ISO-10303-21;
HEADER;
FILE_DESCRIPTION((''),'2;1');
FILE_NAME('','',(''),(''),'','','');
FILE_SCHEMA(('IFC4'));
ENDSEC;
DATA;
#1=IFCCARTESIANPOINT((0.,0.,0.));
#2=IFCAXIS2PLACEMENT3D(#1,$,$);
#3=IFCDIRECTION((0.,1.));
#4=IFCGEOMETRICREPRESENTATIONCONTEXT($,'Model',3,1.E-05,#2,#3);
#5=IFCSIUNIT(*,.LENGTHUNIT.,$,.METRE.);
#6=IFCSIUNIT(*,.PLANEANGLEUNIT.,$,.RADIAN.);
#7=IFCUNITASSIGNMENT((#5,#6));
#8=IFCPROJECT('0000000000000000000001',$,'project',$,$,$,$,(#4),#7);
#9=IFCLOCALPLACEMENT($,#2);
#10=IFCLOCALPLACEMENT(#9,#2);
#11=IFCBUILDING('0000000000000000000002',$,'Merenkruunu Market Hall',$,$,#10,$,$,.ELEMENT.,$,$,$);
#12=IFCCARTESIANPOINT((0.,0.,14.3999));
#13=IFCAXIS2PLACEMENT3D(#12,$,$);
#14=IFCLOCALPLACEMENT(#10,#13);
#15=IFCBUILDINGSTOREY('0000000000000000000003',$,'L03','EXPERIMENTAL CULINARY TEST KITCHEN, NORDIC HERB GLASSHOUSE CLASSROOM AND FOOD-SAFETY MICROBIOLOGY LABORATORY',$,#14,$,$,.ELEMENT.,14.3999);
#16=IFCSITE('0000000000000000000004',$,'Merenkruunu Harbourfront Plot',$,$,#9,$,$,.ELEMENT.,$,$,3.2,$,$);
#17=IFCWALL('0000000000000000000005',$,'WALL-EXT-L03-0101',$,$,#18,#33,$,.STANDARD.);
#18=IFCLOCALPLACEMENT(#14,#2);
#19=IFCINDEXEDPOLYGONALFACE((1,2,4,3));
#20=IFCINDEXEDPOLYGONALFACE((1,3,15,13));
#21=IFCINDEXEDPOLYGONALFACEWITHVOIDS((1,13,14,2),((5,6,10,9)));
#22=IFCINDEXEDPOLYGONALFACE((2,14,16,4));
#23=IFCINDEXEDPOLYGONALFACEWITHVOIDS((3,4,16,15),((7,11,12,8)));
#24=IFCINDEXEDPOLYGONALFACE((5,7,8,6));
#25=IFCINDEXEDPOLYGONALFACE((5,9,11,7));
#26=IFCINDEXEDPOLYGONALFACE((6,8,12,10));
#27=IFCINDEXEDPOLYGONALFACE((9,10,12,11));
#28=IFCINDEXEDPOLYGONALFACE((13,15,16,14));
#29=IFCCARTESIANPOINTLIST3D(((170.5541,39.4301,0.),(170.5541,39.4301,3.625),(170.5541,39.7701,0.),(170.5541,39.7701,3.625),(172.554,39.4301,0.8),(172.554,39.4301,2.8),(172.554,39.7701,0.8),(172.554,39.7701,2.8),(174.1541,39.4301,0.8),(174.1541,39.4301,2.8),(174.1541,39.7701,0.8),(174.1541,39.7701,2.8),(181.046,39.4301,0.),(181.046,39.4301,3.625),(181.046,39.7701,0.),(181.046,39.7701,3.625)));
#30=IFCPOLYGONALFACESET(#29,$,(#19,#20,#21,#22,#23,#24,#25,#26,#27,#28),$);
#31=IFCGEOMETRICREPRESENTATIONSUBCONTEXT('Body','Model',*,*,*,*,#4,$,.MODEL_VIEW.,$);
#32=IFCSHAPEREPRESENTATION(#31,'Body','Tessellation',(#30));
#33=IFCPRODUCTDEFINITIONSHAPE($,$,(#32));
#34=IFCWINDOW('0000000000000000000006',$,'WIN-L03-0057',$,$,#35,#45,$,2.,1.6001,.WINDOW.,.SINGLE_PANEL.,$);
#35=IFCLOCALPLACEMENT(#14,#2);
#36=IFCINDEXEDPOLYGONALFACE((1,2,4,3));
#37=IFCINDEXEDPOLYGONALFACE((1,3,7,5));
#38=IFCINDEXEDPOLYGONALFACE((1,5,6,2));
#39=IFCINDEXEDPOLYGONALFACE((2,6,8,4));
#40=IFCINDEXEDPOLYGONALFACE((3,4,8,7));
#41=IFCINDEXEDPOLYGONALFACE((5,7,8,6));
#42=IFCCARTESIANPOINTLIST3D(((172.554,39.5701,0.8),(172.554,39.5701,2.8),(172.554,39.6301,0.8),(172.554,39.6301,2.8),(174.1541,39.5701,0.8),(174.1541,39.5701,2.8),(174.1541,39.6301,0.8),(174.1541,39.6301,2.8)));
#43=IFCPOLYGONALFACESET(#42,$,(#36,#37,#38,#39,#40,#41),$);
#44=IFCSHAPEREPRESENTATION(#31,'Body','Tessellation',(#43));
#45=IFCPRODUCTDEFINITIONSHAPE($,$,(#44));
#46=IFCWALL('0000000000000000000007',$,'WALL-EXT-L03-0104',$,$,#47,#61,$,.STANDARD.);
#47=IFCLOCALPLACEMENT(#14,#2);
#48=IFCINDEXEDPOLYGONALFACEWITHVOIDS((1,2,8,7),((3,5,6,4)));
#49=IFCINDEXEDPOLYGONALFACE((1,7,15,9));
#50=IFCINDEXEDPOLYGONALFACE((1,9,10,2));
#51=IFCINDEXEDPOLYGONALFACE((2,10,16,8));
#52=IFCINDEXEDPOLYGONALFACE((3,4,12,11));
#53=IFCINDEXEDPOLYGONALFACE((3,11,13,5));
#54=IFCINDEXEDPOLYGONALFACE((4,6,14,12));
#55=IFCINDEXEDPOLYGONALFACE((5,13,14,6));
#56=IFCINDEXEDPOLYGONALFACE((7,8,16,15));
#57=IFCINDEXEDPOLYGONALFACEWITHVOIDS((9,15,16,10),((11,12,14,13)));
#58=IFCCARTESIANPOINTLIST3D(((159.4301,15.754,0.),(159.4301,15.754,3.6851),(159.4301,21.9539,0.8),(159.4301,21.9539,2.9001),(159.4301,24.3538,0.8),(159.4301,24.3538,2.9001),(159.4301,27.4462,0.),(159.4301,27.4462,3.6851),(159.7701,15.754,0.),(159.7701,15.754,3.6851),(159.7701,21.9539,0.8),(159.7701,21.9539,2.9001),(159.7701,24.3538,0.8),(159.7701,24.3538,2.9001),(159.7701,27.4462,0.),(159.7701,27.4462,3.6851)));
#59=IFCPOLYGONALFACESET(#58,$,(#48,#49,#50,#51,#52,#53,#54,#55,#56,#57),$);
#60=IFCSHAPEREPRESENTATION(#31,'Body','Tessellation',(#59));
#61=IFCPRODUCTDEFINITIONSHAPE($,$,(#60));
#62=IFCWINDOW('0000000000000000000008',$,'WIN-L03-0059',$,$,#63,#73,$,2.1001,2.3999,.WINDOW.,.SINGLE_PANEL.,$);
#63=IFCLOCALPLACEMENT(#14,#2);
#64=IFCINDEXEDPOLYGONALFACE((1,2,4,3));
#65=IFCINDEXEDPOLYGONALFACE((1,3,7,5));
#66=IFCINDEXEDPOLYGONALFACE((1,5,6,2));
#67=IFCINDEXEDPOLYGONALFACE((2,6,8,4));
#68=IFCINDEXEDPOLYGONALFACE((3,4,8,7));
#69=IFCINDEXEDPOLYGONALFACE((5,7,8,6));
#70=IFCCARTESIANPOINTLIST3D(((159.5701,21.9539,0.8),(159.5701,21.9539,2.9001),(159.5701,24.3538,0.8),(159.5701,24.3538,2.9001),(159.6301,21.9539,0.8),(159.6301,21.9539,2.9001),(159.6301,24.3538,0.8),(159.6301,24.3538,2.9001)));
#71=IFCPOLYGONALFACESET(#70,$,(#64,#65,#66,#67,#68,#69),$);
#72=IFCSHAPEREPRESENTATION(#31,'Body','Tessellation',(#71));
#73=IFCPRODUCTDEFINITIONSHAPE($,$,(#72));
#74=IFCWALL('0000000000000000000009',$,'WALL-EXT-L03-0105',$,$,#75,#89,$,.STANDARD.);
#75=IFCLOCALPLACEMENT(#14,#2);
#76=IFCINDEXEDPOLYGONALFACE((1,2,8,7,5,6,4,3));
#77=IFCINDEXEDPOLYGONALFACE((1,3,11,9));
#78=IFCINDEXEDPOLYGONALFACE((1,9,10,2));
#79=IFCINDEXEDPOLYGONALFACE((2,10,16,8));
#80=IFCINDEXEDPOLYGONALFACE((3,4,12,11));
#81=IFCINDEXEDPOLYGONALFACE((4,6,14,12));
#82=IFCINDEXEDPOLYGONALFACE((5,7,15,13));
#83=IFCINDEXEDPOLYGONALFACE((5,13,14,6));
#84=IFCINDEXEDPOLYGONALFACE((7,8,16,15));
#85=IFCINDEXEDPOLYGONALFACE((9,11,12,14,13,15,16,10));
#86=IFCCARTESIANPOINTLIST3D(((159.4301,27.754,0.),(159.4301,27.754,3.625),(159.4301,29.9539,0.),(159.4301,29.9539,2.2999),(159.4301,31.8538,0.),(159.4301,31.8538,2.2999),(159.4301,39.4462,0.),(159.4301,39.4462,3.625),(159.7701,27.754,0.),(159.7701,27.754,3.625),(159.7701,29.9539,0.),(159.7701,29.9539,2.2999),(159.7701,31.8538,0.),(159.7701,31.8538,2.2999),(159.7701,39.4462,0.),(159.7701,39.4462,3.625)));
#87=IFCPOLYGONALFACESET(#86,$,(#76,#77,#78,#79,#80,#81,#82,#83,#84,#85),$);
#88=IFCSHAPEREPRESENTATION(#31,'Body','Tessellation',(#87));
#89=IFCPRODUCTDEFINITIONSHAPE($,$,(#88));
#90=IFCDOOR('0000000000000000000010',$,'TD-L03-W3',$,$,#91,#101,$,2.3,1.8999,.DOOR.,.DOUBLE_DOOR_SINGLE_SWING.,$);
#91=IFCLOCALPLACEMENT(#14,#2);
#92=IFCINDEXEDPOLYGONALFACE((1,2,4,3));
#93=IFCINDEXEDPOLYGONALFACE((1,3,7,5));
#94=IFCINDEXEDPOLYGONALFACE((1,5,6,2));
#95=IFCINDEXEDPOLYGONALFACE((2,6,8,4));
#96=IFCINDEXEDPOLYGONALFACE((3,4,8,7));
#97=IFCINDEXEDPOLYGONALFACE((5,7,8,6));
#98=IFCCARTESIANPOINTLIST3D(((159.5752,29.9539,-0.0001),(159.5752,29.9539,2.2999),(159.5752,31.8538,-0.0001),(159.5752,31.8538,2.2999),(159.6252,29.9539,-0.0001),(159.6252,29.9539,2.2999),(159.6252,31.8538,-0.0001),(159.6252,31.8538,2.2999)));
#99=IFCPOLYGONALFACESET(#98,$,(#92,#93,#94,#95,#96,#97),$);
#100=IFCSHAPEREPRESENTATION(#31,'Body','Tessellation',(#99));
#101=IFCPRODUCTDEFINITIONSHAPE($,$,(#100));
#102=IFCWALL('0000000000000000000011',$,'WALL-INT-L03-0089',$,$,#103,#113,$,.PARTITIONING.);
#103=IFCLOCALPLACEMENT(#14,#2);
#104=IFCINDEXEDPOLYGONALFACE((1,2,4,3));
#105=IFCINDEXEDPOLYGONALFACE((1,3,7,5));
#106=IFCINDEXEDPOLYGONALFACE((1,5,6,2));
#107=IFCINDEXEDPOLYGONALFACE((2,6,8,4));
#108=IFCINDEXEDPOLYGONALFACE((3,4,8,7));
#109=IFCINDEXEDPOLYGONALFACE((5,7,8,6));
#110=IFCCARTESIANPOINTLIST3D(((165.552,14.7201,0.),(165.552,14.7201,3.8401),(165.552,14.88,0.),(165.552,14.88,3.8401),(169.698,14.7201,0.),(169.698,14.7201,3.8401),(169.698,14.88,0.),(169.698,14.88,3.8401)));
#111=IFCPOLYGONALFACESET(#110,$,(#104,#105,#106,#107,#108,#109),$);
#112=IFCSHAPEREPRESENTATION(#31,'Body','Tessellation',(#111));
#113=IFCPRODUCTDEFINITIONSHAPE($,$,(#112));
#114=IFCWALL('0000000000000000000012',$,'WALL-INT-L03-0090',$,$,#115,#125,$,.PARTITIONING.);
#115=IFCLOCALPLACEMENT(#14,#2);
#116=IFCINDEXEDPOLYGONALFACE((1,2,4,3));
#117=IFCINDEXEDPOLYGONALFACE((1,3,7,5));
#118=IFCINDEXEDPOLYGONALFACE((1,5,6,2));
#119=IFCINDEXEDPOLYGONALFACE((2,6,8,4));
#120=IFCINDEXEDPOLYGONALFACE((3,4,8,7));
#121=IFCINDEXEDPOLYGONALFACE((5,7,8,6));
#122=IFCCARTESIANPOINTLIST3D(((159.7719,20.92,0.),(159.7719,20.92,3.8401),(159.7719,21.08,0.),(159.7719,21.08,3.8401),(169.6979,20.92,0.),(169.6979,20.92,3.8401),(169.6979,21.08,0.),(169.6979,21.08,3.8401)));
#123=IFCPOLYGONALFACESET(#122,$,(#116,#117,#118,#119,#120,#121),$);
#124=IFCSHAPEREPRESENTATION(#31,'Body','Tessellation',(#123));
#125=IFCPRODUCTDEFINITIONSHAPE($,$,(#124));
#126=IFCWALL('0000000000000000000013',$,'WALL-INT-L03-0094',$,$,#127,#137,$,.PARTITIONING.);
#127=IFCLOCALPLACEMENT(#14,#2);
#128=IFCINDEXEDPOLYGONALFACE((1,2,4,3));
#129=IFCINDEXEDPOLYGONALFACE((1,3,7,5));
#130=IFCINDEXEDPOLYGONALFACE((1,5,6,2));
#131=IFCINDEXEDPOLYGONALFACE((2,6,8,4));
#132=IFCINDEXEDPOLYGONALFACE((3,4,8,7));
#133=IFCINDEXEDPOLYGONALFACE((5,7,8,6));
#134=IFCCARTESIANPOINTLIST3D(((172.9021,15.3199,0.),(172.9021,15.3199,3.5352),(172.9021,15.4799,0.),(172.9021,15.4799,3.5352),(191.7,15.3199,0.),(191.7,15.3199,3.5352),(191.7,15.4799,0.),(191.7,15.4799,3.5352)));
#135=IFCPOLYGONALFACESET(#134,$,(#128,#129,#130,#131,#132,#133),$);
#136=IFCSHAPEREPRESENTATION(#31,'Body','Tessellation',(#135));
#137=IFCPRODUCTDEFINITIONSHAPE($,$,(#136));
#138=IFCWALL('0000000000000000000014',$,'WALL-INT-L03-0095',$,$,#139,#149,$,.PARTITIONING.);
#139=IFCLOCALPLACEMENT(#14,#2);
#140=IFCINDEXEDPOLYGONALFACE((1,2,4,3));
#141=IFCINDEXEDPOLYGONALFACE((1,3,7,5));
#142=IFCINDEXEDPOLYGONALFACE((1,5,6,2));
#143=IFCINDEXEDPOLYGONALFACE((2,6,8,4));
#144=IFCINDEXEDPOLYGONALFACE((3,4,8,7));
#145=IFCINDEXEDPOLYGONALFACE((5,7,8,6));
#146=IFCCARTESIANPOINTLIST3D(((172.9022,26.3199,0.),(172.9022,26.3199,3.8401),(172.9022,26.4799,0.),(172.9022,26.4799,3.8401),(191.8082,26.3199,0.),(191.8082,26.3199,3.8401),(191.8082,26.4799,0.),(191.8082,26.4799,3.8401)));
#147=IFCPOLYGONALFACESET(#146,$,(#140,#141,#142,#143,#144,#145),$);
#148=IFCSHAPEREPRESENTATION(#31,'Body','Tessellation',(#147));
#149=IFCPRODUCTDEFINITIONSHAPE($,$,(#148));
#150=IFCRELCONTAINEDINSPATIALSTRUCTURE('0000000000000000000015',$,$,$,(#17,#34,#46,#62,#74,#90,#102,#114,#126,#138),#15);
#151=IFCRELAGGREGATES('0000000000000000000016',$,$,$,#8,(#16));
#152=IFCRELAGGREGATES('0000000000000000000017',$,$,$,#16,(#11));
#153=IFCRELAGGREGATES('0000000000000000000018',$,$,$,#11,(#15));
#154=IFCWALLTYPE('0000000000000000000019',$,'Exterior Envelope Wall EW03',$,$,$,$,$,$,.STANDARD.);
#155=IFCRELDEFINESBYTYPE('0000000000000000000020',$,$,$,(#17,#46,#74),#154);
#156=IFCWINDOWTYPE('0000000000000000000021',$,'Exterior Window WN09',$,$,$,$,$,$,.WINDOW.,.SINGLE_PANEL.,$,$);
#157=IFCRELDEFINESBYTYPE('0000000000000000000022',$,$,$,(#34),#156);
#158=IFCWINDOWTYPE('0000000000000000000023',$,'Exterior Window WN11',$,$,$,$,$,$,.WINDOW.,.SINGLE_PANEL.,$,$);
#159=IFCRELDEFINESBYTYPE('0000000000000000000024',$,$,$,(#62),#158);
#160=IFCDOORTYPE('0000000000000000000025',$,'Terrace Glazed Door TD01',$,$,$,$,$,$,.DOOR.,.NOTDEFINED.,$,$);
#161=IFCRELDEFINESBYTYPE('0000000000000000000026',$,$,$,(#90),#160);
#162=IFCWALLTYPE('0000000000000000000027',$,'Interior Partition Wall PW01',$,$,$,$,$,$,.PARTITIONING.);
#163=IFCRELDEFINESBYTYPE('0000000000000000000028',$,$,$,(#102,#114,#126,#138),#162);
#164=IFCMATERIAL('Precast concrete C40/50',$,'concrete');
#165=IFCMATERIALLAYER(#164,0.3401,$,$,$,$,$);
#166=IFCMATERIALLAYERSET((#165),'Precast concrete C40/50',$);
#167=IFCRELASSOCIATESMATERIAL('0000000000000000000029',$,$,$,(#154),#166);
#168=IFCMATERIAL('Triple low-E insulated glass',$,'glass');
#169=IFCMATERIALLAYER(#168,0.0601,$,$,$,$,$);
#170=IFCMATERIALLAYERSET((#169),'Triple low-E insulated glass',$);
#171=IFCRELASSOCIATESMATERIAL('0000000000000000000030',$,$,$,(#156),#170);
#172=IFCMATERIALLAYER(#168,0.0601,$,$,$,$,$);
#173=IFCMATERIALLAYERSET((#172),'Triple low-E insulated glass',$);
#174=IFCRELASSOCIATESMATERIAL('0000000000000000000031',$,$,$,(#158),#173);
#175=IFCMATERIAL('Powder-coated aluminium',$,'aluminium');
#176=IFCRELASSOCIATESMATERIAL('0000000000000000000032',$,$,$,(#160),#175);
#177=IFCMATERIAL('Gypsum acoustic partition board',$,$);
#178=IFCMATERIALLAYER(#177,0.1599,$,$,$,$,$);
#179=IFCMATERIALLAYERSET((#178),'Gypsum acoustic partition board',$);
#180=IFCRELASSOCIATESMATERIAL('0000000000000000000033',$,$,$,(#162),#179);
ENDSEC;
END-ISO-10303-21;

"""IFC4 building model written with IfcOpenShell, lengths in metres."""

from ifc_helpers import new_model, si_unit, direction, frame, frame_2d, origin, place, context, subcontext, project, spatial, rectangle, extrude, material, layer, layer_set, type_object, element, fill, save


model = new_model("IFC4")

# Units and contexts
model_context = context("Model", 3, precision=1e-05, world=origin(), true_north=direction((0.0, 1.0)))
body_context = subcontext(model_context, "Body", "Model", "MODEL_VIEW")
ifc_project = project(units=[si_unit("LENGTHUNIT", "METRE"), si_unit("PLANEANGLEUNIT", "RADIAN")], contexts=[model_context])

# Site, building, storey
site_placement = place(None, origin())
site = spatial("IfcSite", under=ifc_project, at=site_placement, Name="Merenkruunu Harbourfront Plot", CompositionType="ELEMENT", RefElevation=3.2)
building_placement = place(site_placement, origin())
building = spatial("IfcBuilding", under=site, at=building_placement, Name="Merenkruunu Market Hall", CompositionType="ELEMENT")
storey_placement = place(building_placement, frame((0.0, 0.0, 14.3999)))
storey = spatial("IfcBuildingStorey", under=building, at=storey_placement, Name="L03", Description="EXPERIMENTAL CULINARY TEST KITCHEN, NORDIC HERB GLASSHOUSE CLASSROOM AND FOOD-SAFETY MICROBIOLOGY LABORATORY", CompositionType="ELEMENT", Elevation=14.3999)

# Walls, openings, windows
ifc_material_1 = material(Name="Precast concrete C40/50", Category="concrete")
ifc_layer_1 = layer(ifc_material_1, 0.3401)
ifc_layer_set_1 = layer_set([ifc_layer_1], Name="Precast concrete C40/50")
wall_type_1 = type_object("IfcWallType", Name="Exterior Envelope Wall EW03", PredefinedType="STANDARD", material=ifc_layer_set_1)
ifc_material_2 = material(Name="Triple low-E insulated glass", Category="glass")
wall_1_placement = place(storey_placement, frame((170.554, 39.6001, 0.0), z_axis=(0.0, 0.0, 1.0), x_axis=(1.0, 0.0, 0.0)))
wall_1 = element("IfcWall", 1, at=wall_1_placement, inside=storey, type_object=wall_type_1, Name="WALL-EXT-L03-0101", PredefinedType="STANDARD", context=body_context, shape_type="SweptSolid", body=[
    extrude(rectangle(XDim=10.4919, YDim=0.3401, at=frame_2d((5.2461, 0.0))), origin(), (0.0, 0.0, 1.0), 3.625),
])
opening_1_placement = place(wall_1_placement, frame((2.0, 0.0, 0.8)))
opening_1 = element("IfcOpeningElement", 2, at=opening_1_placement, cuts=wall_1, PredefinedType="OPENING", context=body_context, shape_type="SweptSolid", body=[
    extrude(rectangle(XDim=1.6001, YDim=2.0, at=frame_2d((0.8, 1.0))), frame((0.0, 0.1802, 0.0), z_axis=(0.0, -1.0, 0.0), x_axis=(1.0, 0.0, 0.0)), (0.0, 0.0, 1.0), 0.3601),
])
ifc_layer_2 = layer(ifc_material_2, 0.0601)
ifc_layer_set_2 = layer_set([ifc_layer_2], Name="Triple low-E insulated glass")
window_type_1 = type_object("IfcWindowType", Name="Exterior Window WN09", PartitioningType="SINGLE_PANEL", PredefinedType="WINDOW", material=ifc_layer_set_2)
window_1_placement = place(opening_1_placement, origin())
window_1 = element("IfcWindow", 3, at=window_1_placement, inside=storey, type_object=window_type_1, Name="WIN-L03-0057", OverallHeight=2.0, OverallWidth=1.6001, PartitioningType="SINGLE_PANEL", PredefinedType="WINDOW", context=body_context, shape_type="SweptSolid", body=[
    extrude(rectangle(XDim=1.6001, YDim=2.0, at=frame_2d((0.8, 1.0))), frame((0.0, 0.03, 0.0), z_axis=(0.0, -1.0, 0.0), x_axis=(1.0, 0.0, 0.0)), (0.0, 0.0, 1.0), 0.0601),
])
fill(opening_1, window_1)
wall_2_placement = place(storey_placement, frame((159.6001, 15.7539, 0.0), z_axis=(0.0, 0.0, 1.0), x_axis=(0.0, 1.0, 0.0)))
wall_2 = element("IfcWall", 4, at=wall_2_placement, inside=storey, type_object=wall_type_1, Name="WALL-EXT-L03-0104", PredefinedType="STANDARD", context=body_context, shape_type="SweptSolid", body=[
    extrude(rectangle(XDim=11.6921, YDim=0.3401, at=frame_2d((5.8462, 0.0))), origin(), (0.0, 0.0, 1.0), 3.6851),
])
opening_2_placement = place(wall_2_placement, frame((6.2, 0.0, 0.8)))
opening_2 = element("IfcOpeningElement", 5, at=opening_2_placement, cuts=wall_2, PredefinedType="OPENING", context=body_context, shape_type="SweptSolid", body=[
    extrude(rectangle(XDim=2.3999, YDim=2.1001, at=frame_2d((1.2, 1.05))), frame((0.0, 0.1802, 0.0), z_axis=(0.0, -1.0, 0.0), x_axis=(1.0, 0.0, 0.0)), (0.0, 0.0, 1.0), 0.3601),
])
ifc_layer_3 = layer(ifc_material_2, 0.0601)
ifc_layer_set_3 = layer_set([ifc_layer_3], Name="Triple low-E insulated glass")
window_type_2 = type_object("IfcWindowType", Name="Exterior Window WN11", PartitioningType="SINGLE_PANEL", PredefinedType="WINDOW", material=ifc_layer_set_3)
window_2_placement = place(opening_2_placement, origin())
window_2 = element("IfcWindow", 6, at=window_2_placement, inside=storey, type_object=window_type_2, Name="WIN-L03-0059", OverallHeight=2.1001, OverallWidth=2.3999, PartitioningType="SINGLE_PANEL", PredefinedType="WINDOW", context=body_context, shape_type="SweptSolid", body=[
    extrude(rectangle(XDim=2.3999, YDim=2.1001, at=frame_2d((1.2, 1.05))), frame((0.0, 0.03, 0.0), z_axis=(0.0, -1.0, 0.0), x_axis=(1.0, 0.0, 0.0)), (0.0, 0.0, 1.0), 0.0601),
])
fill(opening_2, window_2)

# Wall, opening, door
wall_3_placement = place(storey_placement, frame((159.6001, 27.7539, 0.0), z_axis=(0.0, 0.0, 1.0), x_axis=(0.0, 1.0, 0.0)))
wall_3 = element("IfcWall", 7, at=wall_3_placement, inside=storey, type_object=wall_type_1, Name="WALL-EXT-L03-0105", PredefinedType="STANDARD", context=body_context, shape_type="SweptSolid", body=[
    extrude(rectangle(XDim=11.6921, YDim=0.3401, at=frame_2d((5.8462, 0.0))), origin(), (0.0, 0.0, 1.0), 3.625),
])
opening_3_placement = place(wall_3_placement, frame((2.2, 0.0, 0.0)))
opening_3 = element("IfcOpeningElement", 8, at=opening_3_placement, cuts=wall_3, PredefinedType="OPENING", context=body_context, shape_type="SweptSolid", body=[
    extrude(rectangle(XDim=1.8999, YDim=2.3, at=frame_2d((0.95, 1.1499))), frame((0.0, 0.1802, 0.0), z_axis=(0.0, -1.0, 0.0), x_axis=(1.0, 0.0, 0.0)), (0.0, 0.0, 1.0), 0.3601),
])
ifc_material_3 = material(Name="Powder-coated aluminium", Category="aluminium")
door_type_1 = type_object("IfcDoorType", Name="Terrace Glazed Door TD01", OperationType="NOTDEFINED", PredefinedType="DOOR", material=ifc_material_3)
door_1_placement = place(opening_3_placement, origin())
door_1 = element("IfcDoor", 9, at=door_1_placement, inside=storey, type_object=door_type_1, Name="TD-L03-W3", OperationType="DOUBLE_DOOR_SINGLE_SWING", OverallHeight=2.3, OverallWidth=1.8999, PredefinedType="DOOR", context=body_context, shape_type="SweptSolid", body=[
    extrude(rectangle(XDim=1.8999, YDim=2.3, at=frame_2d((0.95, 1.1499))), frame((0.0, 0.0249, 0.0), z_axis=(0.0, -1.0, 0.0), x_axis=(1.0, 0.0, 0.0)), (0.0, 0.0, 1.0), 0.05),
])
fill(opening_3, door_1)

# Walls
ifc_material_4 = material(Name="Gypsum acoustic partition board")
ifc_layer_4 = layer(ifc_material_4, 0.1599)
ifc_layer_set_4 = layer_set([ifc_layer_4], Name="Gypsum acoustic partition board")
wall_type_2 = type_object("IfcWallType", Name="Interior Partition Wall PW01", PredefinedType="PARTITIONING", material=ifc_layer_set_4)
wall_4_placement = place(storey_placement, frame((165.552, 14.8, 0.0), z_axis=(0.0, 0.0, 1.0), x_axis=(1.0, 0.0, 0.0)))
element("IfcWall", 10, at=wall_4_placement, inside=storey, type_object=wall_type_2, Name="WALL-INT-L03-0089", PredefinedType="PARTITIONING", context=body_context, shape_type="SweptSolid", body=[
    extrude(rectangle(XDim=4.146, YDim=0.1599, at=frame_2d((2.073, 0.0))), origin(), (0.0, 0.0, 1.0), 3.8401),
])
wall_5_placement = place(storey_placement, frame((159.772, 21.0, 0.0), z_axis=(0.0, 0.0, 1.0), x_axis=(1.0, 0.0, 0.0)))
element("IfcWall", 11, at=wall_5_placement, inside=storey, type_object=wall_type_2, Name="WALL-INT-L03-0090", PredefinedType="PARTITIONING", context=body_context, shape_type="SweptSolid", body=[
    extrude(rectangle(XDim=9.926, YDim=0.1599, at=frame_2d((4.9629, 0.0))), origin(), (0.0, 0.0, 1.0), 3.8401),
])
wall_6_placement = place(storey_placement, frame((172.9021, 15.3999, 0.0), z_axis=(0.0, 0.0, 1.0), x_axis=(1.0, 0.0, 0.0)))
element("IfcWall", 12, at=wall_6_placement, inside=storey, type_object=wall_type_2, Name="WALL-INT-L03-0094", PredefinedType="PARTITIONING", context=body_context, shape_type="SweptSolid", body=[
    extrude(rectangle(XDim=18.7979, YDim=0.1599, at=frame_2d((9.3989, 0.0))), origin(), (0.0, 0.0, 1.0), 3.5352),
])
wall_7_placement = place(storey_placement, frame((172.9021, 26.3999, 0.0), z_axis=(0.0, 0.0, 1.0), x_axis=(1.0, 0.0, 0.0)))
element("IfcWall", 13, at=wall_7_placement, inside=storey, type_object=wall_type_2, Name="WALL-INT-L03-0095", PredefinedType="PARTITIONING", context=body_context, shape_type="SweptSolid", body=[
    extrude(rectangle(XDim=18.906, YDim=0.1599, at=frame_2d((9.4531, 0.0))), origin(), (0.0, 0.0, 1.0), 3.8401),
])

save(model, "model.ifc")
